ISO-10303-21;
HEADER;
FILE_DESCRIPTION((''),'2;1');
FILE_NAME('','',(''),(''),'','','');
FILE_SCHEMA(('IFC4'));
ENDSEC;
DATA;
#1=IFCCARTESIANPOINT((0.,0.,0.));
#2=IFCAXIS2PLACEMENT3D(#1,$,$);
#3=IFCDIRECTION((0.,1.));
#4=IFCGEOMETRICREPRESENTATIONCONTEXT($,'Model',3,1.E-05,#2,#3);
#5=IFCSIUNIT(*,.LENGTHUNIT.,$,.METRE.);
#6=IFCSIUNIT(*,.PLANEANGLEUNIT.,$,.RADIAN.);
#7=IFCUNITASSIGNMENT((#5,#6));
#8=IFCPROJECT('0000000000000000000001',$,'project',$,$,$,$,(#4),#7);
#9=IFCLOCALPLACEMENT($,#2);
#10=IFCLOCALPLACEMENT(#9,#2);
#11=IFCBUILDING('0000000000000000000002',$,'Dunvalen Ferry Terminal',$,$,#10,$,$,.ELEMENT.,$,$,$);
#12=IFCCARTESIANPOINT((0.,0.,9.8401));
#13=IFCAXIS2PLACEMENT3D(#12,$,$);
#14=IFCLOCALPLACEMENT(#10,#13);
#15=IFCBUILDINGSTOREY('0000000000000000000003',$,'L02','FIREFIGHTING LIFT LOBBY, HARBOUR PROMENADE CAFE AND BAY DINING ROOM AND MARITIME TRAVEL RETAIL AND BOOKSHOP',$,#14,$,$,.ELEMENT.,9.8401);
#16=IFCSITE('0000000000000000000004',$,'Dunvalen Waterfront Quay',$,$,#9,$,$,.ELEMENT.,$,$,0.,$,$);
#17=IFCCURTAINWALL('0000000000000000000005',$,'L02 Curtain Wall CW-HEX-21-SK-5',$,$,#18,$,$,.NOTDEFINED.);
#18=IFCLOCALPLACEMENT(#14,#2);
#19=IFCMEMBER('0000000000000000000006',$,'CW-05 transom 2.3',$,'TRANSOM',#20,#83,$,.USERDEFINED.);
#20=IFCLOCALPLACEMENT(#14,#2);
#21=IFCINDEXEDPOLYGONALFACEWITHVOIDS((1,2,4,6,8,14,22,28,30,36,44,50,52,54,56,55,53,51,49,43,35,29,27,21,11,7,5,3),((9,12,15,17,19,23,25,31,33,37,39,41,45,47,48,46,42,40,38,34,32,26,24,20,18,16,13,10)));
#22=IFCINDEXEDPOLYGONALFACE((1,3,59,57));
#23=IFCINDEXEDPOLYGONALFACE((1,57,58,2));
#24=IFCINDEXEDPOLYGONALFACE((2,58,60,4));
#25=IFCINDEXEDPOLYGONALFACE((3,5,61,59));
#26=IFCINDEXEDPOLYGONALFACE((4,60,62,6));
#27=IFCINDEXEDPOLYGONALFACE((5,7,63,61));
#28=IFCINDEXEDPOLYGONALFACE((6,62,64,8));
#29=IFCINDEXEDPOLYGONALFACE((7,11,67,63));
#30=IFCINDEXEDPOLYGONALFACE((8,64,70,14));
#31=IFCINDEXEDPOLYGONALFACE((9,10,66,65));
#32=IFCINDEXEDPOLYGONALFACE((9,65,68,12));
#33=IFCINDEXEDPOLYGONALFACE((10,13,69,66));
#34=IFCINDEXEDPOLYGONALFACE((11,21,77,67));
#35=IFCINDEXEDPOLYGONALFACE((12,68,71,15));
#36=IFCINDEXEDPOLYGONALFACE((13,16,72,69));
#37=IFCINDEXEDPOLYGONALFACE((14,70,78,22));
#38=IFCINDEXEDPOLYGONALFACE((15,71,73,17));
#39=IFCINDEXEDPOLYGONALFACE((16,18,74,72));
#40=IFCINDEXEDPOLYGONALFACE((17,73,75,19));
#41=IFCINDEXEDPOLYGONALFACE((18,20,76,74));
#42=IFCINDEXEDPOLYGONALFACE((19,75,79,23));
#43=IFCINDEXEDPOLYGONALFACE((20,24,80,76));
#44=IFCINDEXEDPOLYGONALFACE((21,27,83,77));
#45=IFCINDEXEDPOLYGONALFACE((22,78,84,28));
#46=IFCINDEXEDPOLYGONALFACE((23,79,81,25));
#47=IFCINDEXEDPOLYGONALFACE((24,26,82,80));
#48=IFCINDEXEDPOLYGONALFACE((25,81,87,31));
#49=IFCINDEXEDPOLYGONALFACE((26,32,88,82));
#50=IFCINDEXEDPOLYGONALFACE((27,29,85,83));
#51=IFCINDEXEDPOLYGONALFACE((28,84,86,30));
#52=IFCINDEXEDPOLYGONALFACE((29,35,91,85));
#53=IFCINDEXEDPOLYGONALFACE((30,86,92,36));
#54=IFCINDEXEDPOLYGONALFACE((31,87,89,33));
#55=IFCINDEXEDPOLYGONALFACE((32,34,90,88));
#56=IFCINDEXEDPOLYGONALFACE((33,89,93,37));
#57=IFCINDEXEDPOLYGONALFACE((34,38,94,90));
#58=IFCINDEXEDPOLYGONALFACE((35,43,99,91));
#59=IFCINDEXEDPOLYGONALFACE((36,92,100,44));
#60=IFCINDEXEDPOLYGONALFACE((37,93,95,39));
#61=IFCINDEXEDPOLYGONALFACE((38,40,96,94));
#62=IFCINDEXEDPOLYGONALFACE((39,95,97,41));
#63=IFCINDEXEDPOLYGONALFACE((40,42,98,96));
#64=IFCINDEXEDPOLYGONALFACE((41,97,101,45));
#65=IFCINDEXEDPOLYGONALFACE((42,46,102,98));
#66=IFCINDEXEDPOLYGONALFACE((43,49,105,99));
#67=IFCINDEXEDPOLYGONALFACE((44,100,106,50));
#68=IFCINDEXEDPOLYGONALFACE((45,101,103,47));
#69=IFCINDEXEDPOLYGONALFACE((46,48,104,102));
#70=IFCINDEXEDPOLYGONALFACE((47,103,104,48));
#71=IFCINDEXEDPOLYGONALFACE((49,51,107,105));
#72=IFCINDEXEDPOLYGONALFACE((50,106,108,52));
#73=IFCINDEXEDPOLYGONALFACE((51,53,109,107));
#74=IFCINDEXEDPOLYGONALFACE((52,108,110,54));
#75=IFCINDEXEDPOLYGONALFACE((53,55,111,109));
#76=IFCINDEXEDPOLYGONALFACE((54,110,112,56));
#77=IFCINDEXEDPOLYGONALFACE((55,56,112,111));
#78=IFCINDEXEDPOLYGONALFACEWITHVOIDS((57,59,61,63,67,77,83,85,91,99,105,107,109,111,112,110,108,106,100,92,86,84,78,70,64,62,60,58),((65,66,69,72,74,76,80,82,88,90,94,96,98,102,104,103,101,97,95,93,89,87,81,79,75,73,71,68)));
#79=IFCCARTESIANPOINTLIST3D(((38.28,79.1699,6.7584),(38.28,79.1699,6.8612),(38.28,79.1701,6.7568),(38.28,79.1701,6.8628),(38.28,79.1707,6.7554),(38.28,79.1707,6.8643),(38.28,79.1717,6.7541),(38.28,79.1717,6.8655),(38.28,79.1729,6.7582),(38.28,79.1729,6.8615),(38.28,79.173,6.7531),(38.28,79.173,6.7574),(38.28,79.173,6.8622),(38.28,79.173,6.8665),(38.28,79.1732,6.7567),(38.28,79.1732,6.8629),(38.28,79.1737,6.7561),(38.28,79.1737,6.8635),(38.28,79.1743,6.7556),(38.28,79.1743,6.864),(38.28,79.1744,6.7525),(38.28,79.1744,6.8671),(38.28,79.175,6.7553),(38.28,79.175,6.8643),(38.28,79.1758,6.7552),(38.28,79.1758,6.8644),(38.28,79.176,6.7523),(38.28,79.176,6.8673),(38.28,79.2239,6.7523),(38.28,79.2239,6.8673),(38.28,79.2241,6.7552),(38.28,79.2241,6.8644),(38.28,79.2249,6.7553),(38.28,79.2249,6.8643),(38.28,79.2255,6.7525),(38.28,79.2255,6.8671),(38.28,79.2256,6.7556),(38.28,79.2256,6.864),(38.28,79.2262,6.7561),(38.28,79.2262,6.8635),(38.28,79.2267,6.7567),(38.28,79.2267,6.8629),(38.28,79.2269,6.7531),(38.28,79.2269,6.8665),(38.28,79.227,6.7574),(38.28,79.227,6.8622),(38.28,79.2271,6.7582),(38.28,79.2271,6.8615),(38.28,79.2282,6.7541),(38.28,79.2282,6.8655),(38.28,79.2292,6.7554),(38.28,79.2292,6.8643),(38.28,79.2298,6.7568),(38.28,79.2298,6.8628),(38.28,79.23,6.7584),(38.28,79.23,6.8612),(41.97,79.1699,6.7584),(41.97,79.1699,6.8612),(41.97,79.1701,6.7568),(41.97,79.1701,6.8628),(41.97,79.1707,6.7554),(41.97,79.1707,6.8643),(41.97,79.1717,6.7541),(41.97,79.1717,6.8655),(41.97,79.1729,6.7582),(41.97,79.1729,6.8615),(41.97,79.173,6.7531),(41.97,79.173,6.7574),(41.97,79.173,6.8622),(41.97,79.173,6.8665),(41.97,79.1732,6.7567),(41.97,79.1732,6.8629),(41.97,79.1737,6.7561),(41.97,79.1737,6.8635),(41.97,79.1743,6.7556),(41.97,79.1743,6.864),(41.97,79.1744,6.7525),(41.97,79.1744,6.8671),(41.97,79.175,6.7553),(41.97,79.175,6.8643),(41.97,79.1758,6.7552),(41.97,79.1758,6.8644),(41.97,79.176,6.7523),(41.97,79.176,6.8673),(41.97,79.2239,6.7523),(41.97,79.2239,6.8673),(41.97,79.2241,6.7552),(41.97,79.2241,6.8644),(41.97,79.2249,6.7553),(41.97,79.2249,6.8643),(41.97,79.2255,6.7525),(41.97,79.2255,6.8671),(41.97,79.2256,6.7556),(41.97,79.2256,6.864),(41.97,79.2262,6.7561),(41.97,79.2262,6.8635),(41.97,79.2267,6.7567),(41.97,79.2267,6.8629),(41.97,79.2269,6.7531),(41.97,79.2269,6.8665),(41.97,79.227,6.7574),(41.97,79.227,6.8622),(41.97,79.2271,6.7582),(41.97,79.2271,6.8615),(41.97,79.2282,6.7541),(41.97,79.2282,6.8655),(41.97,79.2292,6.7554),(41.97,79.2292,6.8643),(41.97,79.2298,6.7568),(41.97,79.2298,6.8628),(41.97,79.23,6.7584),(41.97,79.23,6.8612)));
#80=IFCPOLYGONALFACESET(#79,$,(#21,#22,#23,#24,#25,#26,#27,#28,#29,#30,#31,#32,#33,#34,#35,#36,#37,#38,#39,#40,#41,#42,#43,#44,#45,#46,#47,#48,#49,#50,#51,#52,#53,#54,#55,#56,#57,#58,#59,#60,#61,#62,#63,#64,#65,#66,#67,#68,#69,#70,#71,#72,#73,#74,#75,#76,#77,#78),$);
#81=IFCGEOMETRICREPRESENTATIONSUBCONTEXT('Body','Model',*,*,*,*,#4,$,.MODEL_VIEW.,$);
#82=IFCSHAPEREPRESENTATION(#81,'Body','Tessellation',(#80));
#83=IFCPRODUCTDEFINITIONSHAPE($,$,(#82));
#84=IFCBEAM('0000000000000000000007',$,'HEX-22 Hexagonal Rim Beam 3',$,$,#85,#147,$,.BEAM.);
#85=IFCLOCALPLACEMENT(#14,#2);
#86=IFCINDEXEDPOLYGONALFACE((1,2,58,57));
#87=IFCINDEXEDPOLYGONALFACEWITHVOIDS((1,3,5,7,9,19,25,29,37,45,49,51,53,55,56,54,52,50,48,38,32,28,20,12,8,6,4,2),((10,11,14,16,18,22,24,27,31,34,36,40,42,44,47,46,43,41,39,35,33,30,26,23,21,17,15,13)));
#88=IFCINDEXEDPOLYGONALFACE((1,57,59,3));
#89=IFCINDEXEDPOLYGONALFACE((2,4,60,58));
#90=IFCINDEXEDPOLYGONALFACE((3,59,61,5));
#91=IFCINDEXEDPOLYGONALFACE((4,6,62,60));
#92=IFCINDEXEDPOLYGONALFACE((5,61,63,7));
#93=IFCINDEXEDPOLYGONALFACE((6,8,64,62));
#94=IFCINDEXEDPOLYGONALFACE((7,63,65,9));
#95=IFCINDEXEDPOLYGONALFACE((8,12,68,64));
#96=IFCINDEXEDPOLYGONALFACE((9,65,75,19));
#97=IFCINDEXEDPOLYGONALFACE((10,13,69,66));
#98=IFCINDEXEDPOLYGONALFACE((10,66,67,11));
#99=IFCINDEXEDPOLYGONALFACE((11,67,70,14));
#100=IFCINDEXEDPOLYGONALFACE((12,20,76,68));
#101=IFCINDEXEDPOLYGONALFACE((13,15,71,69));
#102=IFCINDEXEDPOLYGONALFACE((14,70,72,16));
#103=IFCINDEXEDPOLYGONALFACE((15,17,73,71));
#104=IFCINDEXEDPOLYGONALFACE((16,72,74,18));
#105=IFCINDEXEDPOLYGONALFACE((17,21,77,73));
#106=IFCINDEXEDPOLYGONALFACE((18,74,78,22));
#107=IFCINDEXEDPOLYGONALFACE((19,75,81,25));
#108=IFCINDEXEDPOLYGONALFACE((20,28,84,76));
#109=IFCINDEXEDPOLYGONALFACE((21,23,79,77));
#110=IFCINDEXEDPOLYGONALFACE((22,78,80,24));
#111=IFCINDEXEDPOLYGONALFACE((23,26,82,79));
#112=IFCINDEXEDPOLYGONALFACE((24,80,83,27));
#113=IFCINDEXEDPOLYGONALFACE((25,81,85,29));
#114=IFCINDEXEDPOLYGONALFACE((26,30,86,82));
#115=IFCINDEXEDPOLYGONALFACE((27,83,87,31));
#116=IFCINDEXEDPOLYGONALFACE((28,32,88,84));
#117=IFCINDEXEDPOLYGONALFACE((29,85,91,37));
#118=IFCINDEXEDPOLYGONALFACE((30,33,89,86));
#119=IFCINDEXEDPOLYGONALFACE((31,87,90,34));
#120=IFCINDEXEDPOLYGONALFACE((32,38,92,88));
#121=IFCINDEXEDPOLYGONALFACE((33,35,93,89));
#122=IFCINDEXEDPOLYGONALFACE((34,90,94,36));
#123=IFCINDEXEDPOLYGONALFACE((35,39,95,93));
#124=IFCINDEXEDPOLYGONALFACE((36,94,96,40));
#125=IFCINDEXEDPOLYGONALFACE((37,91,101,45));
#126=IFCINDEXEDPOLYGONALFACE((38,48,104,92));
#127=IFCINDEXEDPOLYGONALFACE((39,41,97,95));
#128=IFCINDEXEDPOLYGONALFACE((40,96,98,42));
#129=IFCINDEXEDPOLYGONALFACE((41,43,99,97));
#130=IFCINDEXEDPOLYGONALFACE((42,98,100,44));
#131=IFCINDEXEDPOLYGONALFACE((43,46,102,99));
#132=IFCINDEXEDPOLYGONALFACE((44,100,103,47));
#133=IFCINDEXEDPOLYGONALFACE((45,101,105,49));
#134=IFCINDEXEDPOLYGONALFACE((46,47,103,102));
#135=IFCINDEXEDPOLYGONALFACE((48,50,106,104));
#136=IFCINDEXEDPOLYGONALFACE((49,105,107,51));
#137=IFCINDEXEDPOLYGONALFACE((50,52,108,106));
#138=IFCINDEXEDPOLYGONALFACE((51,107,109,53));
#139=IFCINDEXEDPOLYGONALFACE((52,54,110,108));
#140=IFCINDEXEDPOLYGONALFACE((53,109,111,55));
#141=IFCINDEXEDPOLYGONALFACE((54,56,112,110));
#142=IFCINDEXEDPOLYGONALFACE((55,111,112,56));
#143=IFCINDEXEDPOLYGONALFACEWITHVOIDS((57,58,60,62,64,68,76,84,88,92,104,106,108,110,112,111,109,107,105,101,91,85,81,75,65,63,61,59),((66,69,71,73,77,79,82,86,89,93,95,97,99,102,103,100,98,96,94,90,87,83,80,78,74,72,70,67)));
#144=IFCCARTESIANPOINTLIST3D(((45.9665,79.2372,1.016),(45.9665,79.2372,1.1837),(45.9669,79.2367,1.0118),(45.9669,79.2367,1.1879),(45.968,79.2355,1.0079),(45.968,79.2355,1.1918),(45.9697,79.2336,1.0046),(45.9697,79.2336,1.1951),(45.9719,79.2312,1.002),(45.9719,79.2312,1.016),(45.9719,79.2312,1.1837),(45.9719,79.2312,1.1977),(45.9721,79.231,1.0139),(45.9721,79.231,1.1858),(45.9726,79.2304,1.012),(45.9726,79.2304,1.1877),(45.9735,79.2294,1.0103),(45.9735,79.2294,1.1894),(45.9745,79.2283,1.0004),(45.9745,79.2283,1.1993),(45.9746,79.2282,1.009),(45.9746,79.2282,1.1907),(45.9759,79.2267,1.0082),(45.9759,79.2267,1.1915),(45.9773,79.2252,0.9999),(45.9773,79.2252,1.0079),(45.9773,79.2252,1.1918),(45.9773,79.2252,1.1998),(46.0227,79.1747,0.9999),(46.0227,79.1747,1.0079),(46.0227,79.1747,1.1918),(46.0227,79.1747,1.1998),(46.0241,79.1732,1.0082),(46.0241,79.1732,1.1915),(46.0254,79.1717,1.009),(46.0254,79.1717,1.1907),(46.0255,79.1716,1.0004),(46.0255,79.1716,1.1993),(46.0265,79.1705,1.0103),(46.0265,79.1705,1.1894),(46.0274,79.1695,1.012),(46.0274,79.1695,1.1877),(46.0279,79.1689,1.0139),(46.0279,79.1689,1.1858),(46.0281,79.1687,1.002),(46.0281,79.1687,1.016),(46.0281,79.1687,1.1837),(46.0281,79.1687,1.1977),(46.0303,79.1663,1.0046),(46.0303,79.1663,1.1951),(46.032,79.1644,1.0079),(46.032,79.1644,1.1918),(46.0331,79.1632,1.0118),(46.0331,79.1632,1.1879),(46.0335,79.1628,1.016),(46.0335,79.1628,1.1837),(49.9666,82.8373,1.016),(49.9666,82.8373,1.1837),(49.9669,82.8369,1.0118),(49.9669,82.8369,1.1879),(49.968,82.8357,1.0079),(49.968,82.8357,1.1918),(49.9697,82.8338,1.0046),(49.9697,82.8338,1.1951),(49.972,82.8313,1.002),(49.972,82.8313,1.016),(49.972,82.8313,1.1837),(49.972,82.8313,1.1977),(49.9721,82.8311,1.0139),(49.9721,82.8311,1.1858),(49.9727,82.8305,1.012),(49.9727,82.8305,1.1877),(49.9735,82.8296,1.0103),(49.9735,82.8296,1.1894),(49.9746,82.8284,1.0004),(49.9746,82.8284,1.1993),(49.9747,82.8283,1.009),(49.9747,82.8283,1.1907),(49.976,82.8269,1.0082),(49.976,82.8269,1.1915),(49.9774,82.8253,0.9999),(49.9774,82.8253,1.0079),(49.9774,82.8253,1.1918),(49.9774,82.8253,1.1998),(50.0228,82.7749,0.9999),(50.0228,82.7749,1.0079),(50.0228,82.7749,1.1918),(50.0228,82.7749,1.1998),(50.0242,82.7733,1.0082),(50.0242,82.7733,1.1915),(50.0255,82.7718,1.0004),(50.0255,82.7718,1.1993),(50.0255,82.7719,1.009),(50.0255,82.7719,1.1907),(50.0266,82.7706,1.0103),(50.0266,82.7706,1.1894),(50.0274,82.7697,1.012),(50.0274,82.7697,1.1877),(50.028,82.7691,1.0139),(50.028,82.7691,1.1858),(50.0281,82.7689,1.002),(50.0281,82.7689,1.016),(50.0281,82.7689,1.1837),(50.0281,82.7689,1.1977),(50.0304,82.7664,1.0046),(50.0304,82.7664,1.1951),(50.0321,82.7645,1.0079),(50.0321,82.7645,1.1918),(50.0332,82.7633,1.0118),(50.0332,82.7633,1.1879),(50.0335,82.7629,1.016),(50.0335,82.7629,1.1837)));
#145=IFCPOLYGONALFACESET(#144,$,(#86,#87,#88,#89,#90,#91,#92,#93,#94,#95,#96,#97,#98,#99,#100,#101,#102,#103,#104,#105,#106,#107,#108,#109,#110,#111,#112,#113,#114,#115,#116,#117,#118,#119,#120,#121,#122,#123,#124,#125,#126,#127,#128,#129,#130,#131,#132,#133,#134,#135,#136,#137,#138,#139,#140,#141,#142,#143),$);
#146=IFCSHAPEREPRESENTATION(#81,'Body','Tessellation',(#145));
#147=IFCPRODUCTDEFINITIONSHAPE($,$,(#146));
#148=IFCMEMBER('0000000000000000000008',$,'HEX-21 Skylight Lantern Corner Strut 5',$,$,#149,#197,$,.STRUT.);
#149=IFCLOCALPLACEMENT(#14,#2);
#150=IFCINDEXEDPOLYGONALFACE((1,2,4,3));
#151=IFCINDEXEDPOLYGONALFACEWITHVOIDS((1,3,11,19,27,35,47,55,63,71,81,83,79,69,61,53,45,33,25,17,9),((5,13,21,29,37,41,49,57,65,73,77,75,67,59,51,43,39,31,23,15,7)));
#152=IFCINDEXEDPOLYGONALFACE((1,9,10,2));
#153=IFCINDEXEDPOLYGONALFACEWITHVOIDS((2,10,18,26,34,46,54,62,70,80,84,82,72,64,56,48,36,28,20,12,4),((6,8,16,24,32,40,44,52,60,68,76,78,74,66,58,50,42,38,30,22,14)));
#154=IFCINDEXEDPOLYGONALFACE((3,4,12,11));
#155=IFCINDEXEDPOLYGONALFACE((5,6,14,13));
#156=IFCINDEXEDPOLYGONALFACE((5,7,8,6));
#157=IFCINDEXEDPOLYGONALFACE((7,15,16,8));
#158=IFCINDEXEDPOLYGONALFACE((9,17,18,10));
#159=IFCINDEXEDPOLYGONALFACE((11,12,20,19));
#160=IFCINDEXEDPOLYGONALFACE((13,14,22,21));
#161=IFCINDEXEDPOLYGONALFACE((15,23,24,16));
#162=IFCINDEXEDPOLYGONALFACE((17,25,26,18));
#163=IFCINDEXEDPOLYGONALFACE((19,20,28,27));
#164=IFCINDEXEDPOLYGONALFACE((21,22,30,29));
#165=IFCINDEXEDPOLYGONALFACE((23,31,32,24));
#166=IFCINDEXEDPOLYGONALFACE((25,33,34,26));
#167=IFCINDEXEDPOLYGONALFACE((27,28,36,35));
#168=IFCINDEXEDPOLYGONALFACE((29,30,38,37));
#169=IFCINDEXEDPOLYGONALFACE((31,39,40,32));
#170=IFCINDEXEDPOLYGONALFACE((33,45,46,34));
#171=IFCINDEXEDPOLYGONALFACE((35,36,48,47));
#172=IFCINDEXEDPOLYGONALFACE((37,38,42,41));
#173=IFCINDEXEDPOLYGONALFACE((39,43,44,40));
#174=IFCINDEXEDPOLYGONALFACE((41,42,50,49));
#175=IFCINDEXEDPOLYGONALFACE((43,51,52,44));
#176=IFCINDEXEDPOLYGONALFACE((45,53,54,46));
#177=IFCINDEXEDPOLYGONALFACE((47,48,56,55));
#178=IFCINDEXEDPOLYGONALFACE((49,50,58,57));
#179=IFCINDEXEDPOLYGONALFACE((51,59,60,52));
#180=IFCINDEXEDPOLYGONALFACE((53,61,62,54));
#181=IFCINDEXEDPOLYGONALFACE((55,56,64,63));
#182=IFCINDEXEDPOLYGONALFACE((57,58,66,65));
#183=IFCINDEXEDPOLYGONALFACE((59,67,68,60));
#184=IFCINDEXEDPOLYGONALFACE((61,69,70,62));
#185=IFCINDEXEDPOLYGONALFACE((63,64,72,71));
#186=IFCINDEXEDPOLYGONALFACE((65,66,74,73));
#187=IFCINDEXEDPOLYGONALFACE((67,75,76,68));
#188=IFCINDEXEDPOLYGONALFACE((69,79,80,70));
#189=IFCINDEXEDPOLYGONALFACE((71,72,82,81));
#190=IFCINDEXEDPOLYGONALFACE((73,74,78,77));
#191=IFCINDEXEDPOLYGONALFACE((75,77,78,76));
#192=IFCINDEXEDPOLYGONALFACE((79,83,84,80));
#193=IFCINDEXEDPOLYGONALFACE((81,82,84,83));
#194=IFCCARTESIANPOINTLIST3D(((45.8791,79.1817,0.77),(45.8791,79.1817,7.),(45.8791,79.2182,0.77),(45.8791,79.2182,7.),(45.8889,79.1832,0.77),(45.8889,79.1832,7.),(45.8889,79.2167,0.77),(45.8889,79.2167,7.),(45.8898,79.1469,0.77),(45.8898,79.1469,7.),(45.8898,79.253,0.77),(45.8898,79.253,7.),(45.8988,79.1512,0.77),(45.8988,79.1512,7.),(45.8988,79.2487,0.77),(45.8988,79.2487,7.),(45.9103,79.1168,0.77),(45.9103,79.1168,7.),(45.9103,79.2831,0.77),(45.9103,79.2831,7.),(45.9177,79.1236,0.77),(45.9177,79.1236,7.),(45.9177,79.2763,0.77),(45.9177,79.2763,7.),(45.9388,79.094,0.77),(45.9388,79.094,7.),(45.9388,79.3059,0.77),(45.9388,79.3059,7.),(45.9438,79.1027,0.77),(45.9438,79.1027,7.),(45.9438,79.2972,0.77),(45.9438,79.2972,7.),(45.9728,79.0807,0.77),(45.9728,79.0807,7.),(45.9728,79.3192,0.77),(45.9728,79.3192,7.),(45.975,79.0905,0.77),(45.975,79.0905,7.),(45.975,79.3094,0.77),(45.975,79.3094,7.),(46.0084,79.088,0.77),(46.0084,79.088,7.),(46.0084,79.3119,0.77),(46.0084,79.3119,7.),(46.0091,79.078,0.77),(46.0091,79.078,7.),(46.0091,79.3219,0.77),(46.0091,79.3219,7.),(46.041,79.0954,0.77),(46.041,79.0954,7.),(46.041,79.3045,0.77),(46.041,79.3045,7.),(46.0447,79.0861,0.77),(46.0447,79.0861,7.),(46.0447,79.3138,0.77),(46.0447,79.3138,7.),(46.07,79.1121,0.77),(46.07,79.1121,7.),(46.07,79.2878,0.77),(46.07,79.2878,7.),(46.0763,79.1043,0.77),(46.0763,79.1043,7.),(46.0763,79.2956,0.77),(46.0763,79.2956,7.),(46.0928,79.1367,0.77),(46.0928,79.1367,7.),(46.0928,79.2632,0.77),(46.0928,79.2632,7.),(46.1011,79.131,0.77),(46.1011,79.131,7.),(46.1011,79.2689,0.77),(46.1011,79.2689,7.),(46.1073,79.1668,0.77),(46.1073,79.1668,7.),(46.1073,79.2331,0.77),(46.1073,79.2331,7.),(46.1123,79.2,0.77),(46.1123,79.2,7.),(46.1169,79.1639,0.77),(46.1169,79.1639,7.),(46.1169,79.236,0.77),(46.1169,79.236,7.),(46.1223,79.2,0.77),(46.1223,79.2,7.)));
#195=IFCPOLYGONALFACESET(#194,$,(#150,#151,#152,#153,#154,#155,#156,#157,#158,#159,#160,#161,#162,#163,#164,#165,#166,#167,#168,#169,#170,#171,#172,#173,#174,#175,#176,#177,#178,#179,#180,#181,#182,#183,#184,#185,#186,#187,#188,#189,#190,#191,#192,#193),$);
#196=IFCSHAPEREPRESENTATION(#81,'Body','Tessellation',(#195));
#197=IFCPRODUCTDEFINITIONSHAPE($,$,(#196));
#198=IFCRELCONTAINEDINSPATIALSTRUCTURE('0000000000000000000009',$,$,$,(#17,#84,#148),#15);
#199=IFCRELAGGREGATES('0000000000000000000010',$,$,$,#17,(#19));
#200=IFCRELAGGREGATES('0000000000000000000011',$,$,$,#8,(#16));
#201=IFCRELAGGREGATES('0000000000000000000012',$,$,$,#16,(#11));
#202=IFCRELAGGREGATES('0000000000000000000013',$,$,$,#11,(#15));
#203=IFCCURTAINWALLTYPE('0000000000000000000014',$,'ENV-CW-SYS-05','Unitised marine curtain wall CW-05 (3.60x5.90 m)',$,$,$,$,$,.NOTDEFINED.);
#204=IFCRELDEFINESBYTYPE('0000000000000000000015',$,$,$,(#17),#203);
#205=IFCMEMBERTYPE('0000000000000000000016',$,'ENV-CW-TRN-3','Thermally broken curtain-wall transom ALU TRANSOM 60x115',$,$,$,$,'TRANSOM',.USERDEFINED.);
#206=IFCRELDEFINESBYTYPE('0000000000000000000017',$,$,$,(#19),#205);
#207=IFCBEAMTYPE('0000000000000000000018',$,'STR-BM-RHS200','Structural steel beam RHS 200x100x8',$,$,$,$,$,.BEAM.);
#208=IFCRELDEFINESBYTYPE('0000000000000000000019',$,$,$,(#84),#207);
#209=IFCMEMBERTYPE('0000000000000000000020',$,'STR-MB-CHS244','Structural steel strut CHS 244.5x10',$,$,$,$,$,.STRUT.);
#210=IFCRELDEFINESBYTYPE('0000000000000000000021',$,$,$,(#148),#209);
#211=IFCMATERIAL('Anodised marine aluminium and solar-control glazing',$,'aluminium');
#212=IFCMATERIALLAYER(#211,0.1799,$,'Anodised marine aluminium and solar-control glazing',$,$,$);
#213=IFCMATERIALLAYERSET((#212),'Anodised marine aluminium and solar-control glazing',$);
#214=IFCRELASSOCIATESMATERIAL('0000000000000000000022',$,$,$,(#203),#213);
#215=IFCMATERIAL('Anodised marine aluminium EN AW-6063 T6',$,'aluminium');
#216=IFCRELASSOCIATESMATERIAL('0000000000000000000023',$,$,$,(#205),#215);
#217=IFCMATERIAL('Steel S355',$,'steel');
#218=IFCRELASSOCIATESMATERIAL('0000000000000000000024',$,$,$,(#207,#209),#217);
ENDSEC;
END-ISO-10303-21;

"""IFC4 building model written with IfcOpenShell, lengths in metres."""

from ifc_helpers import new_model, si_unit, direction, frame, origin, origin_2d, place, context, subcontext, project, spatial, hollow_rectangle, hollow_circle, extrude, material, layer, layer_set, material_profile, profile_set, type_object, element, aggregate, save


model = new_model("IFC4")

# Units and contexts
model_context = context("Model", 3, precision=1e-05, world=origin(), true_north=direction((0.0, 1.0)))
body_context = subcontext(model_context, "Body", "Model", "MODEL_VIEW")
ifc_project = project(units=[si_unit("LENGTHUNIT", "METRE"), si_unit("PLANEANGLEUNIT", "RADIAN")], contexts=[model_context])

# Site, building, storey
site_placement = place(None, origin())
site = spatial("IfcSite", under=ifc_project, at=site_placement, Name="Dunvalen Waterfront Quay", CompositionType="ELEMENT", RefElevation=0.0)
building_placement = place(site_placement, origin())
building = spatial("IfcBuilding", under=site, at=building_placement, Name="Dunvalen Ferry Terminal", CompositionType="ELEMENT")
storey_placement = place(building_placement, frame((0.0, 0.0, 9.8401)))
storey = spatial("IfcBuildingStorey", under=building, at=storey_placement, Name="L02", Description="FIREFIGHTING LIFT LOBBY, HARBOUR PROMENADE CAFE AND BAY DINING ROOM AND MARITIME TRAVEL RETAIL AND BOOKSHOP", CompositionType="ELEMENT", Elevation=9.8401)

# Curtain wall, member
ifc_material_1 = material(Name="Anodised marine aluminium and solar-control glazing", Category="aluminium")
ifc_layer_1 = layer(ifc_material_1, 0.1799, Name="Anodised marine aluminium and solar-control glazing")
ifc_layer_set_1 = layer_set([ifc_layer_1], Name="Anodised marine aluminium and solar-control glazing")
curtain_wall_type = type_object("IfcCurtainWallType", Name="ENV-CW-SYS-05", Description="Unitised marine curtain wall CW-05 (3.60x5.90 m)", PredefinedType="NOTDEFINED", material=ifc_layer_set_1)
curtain_wall_placement = place(storey_placement, origin())
curtain_wall = element("IfcCurtainWall", 1, at=curtain_wall_placement, inside=storey, type_object=curtain_wall_type, Name="L02 Curtain Wall CW-HEX-21-SK-5", PredefinedType="NOTDEFINED")
ifc_material_2 = material(Name="Anodised marine aluminium EN AW-6063 T6", Category="aluminium")
ifc_material_profile_1 = material_profile(ifc_material_2, hollow_rectangle(XDim=0.0601, YDim=0.115, WallThickness=0.0029, InnerFilletRadius=0.0029, OuterFilletRadius=0.0061, at=origin_2d()), Name="Anodised marine aluminium EN AW-6063 T6")
ifc_profile_set_1 = profile_set([ifc_material_profile_1], Name="Anodised marine aluminium EN AW-6063 T6")
member_type_1 = type_object("IfcMemberType", Name="ENV-CW-TRN-3", Description="Thermally broken curtain-wall transom ALU TRANSOM 60x115", ElementType="TRANSOM", PredefinedType="USERDEFINED", material=ifc_profile_set_1)
member_1_placement = place(storey_placement, frame((41.97, 79.2, 6.8098), z_axis=(-1.0, 0.0, 0.0), x_axis=(0.0, -1.0, 0.0)))
member_1 = element("IfcMember", 2, at=member_1_placement, type_object=member_type_1, Name="CW-05 transom 2.3", ObjectType="TRANSOM", PredefinedType="USERDEFINED", context=body_context, shape_type="SweptSolid", body=[
    extrude(hollow_rectangle(XDim=0.0601, YDim=0.115, WallThickness=0.0029, InnerFilletRadius=0.0029, OuterFilletRadius=0.0061, at=origin_2d()), origin(), (0.0, 0.0, 1.0), 3.6899),
])

# Beam
ifc_material_3 = material(Name="Steel S355", Category="steel")
ifc_material_profile_2 = material_profile(ifc_material_3, hollow_rectangle(XDim=0.1001, YDim=0.2, WallThickness=0.0081, InnerFilletRadius=0.0081, OuterFilletRadius=0.0161, at=origin_2d()), Name="Steel S355")
ifc_profile_set_2 = profile_set([ifc_material_profile_2], Name="Steel S355")
beam_type = type_object("IfcBeamType", Name="STR-BM-RHS200", Description="Structural steel beam RHS 200x100x8", PredefinedType="BEAM", material=ifc_profile_set_2)
beam_placement = place(storey_placement, frame((46.0, 79.2, 1.0999), z_axis=(0.743285, 0.668975, 0.0), x_axis=(-0.668975, 0.743285, 0.0)))
element("IfcBeam", 3, at=beam_placement, inside=storey, type_object=beam_type, Name="HEX-22 Hexagonal Rim Beam 3", PredefinedType="BEAM", context=body_context, shape_type="SweptSolid", body=[
    extrude(hollow_rectangle(XDim=0.1001, YDim=0.2, WallThickness=0.0081, InnerFilletRadius=0.0081, OuterFilletRadius=0.0161, at=origin_2d()), origin(), (0.0, 0.0, 1.0), 5.3816),
])

# Member
ifc_material_profile_3 = material_profile(ifc_material_3, hollow_circle(Radius=0.1223, WallThickness=0.01, at=origin_2d()), Name="Steel S355")
ifc_profile_set_3 = profile_set([ifc_material_profile_3], Name="Steel S355")
member_type_2 = type_object("IfcMemberType", Name="STR-MB-CHS244", Description="Structural steel strut CHS 244.5x10", PredefinedType="STRUT", material=ifc_profile_set_3)
member_2_placement = place(storey_placement, frame((46.0, 79.2, 0.77), z_axis=(0.0, 0.0, 1.0), x_axis=(1.0, 0.0, 0.0)))
element("IfcMember", 4, at=member_2_placement, inside=storey, type_object=member_type_2, Name="HEX-21 Skylight Lantern Corner Strut 5", PredefinedType="STRUT", context=body_context, shape_type="SweptSolid", body=[
    extrude(hollow_circle(Radius=0.1223, WallThickness=0.01, at=origin_2d()), origin(), (0.0, 0.0, 1.0), 6.23),
])

aggregate(curtain_wall, [member_1])

save(model, "model.ifc")
